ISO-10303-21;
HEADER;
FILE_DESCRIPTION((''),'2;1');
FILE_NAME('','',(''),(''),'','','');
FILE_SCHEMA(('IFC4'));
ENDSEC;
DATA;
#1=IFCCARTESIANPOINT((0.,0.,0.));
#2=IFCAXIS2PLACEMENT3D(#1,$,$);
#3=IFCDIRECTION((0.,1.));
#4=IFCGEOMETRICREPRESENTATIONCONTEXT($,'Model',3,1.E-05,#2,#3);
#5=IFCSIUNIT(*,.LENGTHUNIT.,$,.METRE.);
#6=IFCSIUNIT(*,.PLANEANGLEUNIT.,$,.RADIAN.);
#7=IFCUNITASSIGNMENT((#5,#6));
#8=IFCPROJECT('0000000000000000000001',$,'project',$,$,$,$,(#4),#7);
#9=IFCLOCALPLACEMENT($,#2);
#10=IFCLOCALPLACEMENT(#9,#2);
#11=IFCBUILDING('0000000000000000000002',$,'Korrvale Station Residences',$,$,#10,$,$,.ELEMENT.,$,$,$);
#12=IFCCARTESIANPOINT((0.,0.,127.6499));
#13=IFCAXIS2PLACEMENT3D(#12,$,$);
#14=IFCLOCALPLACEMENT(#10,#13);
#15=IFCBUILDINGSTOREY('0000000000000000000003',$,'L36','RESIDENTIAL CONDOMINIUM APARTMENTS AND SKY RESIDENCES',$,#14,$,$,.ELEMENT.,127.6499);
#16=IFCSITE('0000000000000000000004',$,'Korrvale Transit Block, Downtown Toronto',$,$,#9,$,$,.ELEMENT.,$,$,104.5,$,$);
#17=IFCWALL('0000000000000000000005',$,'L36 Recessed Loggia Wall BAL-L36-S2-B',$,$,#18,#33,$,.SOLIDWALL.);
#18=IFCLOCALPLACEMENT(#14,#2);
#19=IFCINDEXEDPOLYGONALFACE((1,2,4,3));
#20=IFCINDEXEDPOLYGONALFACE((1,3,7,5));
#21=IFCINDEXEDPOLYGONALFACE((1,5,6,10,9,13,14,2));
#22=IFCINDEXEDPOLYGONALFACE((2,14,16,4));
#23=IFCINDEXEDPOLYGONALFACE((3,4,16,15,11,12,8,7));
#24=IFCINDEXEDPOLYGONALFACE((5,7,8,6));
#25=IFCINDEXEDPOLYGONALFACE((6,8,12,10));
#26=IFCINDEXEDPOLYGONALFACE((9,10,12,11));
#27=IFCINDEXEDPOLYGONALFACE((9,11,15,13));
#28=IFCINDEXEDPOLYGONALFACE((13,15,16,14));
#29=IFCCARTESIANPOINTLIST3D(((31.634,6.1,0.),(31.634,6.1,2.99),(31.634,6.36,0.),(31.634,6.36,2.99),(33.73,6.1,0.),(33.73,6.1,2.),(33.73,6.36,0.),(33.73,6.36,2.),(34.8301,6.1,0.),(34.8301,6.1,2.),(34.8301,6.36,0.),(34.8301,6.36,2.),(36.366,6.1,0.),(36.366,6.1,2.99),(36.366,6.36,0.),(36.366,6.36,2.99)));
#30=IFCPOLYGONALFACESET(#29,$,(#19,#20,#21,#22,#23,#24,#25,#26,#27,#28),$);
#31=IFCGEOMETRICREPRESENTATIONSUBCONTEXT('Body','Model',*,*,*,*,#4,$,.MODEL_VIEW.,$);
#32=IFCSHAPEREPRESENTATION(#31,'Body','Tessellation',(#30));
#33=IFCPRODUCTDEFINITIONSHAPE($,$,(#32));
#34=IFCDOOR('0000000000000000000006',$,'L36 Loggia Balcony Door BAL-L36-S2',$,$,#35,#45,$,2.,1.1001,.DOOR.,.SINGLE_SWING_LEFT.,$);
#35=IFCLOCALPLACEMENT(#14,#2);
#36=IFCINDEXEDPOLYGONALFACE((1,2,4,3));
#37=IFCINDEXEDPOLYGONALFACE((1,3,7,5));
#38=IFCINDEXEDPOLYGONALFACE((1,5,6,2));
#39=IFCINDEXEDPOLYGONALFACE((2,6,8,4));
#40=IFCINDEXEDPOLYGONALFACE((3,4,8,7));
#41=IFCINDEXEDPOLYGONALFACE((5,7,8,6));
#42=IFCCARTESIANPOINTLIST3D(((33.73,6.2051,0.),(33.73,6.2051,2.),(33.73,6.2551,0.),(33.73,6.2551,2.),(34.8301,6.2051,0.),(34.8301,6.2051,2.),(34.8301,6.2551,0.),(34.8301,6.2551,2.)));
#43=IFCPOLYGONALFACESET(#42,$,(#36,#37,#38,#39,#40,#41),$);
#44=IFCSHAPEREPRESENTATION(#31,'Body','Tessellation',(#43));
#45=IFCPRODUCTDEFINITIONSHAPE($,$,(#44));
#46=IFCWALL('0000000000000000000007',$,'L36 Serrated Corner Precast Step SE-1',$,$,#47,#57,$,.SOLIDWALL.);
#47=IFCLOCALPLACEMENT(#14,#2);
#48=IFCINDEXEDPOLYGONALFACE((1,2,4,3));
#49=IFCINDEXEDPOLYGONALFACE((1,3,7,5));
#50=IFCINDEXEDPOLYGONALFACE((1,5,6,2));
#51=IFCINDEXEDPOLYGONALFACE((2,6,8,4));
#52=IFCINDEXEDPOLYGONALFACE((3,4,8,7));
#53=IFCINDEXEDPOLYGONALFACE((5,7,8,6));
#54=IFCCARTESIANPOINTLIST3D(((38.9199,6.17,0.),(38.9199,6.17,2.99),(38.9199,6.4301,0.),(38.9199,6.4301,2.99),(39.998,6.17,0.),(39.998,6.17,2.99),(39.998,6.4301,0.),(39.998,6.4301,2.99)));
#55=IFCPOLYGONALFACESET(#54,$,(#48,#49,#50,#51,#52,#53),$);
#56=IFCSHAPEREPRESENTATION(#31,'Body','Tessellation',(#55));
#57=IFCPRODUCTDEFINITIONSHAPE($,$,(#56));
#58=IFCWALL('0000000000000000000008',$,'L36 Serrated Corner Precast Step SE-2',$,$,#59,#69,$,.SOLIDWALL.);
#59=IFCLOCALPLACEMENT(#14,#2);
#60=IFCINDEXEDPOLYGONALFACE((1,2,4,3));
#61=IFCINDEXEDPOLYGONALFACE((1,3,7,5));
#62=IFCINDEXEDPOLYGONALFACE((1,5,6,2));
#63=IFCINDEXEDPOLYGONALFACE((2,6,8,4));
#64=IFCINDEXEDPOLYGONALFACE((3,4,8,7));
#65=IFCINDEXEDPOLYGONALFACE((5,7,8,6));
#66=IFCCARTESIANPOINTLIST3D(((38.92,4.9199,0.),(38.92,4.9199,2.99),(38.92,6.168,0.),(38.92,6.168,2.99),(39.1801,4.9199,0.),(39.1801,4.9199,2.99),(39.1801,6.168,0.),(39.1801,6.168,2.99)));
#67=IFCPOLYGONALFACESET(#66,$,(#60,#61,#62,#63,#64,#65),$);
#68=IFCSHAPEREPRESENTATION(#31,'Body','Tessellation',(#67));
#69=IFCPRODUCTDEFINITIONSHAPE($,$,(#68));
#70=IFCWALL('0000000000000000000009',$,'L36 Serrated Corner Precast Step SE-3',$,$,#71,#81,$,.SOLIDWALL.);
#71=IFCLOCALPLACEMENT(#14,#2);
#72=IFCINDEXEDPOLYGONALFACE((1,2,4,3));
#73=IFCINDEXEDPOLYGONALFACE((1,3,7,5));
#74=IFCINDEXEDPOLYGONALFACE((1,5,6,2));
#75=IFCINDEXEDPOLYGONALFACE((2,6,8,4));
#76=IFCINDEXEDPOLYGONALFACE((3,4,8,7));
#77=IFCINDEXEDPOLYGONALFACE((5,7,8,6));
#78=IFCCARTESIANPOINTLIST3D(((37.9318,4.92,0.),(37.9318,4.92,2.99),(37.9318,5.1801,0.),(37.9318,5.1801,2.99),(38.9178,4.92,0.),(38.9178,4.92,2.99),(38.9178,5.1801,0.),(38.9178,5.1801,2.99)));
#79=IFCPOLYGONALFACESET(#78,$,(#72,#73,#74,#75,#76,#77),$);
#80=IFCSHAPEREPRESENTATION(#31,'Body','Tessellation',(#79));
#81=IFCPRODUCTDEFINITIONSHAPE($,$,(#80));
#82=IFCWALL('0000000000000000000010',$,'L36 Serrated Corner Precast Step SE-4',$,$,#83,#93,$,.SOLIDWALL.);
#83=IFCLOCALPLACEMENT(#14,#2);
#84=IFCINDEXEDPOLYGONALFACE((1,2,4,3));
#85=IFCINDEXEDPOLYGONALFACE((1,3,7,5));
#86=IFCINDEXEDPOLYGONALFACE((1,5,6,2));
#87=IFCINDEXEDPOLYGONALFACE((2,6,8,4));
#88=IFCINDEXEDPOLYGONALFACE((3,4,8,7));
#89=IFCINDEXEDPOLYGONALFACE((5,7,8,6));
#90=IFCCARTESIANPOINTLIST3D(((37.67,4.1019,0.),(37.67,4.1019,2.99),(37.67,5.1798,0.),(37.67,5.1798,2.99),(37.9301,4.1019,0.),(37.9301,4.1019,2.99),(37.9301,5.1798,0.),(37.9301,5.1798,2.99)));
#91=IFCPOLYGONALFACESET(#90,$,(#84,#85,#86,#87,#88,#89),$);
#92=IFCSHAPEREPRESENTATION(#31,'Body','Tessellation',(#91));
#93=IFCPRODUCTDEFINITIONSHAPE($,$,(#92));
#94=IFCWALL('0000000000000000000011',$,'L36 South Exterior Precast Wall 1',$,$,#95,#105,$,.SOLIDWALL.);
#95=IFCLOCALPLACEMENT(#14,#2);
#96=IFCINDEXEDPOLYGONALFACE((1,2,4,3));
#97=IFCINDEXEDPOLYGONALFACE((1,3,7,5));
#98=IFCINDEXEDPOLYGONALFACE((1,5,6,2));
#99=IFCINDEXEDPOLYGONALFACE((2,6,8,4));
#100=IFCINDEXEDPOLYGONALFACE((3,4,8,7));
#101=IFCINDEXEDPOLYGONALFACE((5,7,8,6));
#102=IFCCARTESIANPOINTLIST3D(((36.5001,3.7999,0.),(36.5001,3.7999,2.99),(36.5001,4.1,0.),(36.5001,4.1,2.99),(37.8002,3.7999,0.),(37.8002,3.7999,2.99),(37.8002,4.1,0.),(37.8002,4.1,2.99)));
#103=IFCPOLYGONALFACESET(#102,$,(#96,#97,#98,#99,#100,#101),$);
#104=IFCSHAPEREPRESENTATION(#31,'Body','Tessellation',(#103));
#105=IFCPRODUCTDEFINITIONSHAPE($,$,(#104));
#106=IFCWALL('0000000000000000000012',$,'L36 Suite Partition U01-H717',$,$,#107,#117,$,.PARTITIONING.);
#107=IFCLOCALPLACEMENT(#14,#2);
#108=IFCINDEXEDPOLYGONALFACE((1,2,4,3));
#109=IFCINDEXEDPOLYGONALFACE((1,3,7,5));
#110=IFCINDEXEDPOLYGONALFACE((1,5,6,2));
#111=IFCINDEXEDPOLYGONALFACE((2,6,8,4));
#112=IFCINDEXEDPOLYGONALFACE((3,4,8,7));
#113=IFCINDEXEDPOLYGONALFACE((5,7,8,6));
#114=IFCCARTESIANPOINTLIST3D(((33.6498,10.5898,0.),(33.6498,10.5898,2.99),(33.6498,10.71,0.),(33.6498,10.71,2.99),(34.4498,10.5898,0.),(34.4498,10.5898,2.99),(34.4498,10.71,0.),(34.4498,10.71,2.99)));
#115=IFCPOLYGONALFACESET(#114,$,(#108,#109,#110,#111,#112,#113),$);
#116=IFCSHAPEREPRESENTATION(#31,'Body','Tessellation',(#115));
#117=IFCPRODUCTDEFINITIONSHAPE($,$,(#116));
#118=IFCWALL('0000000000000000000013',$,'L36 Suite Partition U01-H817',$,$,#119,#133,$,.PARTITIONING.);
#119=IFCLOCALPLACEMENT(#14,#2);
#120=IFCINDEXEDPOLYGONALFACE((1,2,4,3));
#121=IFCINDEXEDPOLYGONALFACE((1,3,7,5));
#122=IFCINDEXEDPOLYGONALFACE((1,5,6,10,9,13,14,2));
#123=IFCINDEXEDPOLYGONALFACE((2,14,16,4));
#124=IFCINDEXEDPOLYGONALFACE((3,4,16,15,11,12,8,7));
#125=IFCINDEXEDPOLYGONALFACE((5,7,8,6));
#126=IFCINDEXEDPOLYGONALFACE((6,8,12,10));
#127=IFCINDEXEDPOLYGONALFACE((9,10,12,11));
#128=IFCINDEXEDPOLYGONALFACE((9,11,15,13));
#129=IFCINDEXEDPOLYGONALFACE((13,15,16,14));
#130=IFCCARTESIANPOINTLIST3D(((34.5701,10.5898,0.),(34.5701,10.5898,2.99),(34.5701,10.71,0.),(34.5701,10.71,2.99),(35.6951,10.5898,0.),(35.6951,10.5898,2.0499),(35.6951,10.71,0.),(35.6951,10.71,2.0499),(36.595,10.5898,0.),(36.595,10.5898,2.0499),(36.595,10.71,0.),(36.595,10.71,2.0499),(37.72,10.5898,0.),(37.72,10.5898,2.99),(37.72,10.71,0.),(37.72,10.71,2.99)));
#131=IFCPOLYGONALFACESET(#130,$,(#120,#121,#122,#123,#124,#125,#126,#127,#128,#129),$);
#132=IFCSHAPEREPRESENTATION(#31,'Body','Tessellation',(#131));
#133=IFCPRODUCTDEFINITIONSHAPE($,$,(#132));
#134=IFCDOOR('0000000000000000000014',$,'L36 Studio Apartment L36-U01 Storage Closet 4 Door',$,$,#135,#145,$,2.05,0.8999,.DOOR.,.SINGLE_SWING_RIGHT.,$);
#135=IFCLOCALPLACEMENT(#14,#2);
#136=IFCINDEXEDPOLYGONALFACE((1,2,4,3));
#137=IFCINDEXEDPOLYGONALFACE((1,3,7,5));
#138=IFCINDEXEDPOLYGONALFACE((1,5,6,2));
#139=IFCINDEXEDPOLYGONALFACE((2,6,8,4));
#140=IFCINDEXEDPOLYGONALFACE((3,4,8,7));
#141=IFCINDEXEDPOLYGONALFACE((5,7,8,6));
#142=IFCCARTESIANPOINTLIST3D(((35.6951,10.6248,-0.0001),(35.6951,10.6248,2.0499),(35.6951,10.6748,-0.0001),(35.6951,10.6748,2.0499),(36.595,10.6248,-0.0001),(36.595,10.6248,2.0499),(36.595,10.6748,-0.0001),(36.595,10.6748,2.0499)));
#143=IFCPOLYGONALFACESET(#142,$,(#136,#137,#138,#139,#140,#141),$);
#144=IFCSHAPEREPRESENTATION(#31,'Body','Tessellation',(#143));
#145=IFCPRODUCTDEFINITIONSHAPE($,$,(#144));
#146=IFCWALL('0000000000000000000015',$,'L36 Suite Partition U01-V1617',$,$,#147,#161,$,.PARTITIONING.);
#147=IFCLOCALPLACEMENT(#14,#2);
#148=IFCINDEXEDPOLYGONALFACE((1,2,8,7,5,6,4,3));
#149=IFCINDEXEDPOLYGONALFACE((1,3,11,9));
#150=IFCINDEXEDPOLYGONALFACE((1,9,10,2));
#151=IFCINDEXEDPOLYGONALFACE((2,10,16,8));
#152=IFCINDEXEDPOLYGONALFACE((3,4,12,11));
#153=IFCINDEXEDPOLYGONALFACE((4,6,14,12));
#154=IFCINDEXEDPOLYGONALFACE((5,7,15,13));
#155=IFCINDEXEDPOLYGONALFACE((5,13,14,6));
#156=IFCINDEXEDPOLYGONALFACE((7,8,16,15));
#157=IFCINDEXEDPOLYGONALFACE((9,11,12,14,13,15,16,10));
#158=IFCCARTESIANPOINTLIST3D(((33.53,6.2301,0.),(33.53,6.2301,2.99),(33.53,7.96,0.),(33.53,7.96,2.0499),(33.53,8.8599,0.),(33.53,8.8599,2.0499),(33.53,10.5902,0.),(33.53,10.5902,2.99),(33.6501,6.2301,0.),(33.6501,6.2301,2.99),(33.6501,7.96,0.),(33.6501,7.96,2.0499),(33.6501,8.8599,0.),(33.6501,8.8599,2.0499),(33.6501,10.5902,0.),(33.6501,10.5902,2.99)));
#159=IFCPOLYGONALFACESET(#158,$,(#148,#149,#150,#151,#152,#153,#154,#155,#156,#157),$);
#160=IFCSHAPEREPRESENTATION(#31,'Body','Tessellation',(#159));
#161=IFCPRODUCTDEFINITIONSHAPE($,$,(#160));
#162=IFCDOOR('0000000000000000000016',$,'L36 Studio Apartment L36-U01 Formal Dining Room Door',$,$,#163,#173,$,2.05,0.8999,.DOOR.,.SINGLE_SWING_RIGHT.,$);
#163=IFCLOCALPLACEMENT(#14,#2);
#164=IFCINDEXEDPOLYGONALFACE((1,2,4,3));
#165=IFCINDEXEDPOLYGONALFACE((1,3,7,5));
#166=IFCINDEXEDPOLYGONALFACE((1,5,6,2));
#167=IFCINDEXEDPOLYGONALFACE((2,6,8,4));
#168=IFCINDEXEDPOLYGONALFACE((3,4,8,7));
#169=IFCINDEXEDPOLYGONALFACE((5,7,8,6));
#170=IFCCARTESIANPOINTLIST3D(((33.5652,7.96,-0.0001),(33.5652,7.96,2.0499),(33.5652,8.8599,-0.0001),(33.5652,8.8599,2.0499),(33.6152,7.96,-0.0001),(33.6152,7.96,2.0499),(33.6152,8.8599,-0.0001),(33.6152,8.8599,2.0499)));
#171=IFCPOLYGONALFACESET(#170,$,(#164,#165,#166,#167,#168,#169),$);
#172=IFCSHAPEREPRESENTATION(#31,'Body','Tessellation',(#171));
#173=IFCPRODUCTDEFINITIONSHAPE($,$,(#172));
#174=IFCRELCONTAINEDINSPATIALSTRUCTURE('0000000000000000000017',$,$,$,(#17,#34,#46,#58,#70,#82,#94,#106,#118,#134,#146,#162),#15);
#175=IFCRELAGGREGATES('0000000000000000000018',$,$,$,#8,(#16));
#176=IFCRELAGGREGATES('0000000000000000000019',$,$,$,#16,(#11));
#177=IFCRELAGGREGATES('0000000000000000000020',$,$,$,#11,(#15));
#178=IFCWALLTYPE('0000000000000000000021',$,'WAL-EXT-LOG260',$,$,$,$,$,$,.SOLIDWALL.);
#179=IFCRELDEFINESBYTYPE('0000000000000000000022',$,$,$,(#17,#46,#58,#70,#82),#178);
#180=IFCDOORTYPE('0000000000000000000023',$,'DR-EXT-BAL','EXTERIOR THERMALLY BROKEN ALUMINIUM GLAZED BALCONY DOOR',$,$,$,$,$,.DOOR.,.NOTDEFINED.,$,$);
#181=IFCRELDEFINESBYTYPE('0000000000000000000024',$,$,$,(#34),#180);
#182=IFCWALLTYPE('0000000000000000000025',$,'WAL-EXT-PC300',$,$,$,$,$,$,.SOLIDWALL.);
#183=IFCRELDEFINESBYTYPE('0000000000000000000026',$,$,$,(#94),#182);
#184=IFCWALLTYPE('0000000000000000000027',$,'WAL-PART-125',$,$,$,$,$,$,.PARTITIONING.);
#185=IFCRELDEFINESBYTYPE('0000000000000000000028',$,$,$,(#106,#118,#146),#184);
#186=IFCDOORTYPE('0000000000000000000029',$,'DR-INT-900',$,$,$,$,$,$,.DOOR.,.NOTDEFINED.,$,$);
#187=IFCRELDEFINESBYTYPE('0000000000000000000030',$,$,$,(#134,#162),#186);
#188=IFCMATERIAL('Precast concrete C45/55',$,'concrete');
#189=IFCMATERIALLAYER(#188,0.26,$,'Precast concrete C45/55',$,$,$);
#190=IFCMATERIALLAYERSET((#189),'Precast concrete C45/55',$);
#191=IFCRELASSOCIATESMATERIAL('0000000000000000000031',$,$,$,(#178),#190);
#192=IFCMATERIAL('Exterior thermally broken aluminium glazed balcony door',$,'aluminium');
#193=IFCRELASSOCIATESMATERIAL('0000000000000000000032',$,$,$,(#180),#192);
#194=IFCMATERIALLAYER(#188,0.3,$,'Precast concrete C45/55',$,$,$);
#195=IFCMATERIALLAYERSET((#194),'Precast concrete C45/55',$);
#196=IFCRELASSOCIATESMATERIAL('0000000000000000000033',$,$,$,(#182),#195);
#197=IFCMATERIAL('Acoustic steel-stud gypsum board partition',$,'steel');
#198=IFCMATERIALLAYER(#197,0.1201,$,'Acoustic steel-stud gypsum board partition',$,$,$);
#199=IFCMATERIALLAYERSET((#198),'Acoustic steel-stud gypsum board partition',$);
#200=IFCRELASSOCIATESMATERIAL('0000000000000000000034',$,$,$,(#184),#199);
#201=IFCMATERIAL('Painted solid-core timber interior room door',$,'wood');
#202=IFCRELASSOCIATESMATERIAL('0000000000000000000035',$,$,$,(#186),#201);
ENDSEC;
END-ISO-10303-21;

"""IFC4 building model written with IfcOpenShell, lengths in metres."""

from ifc_helpers import new_model, si_unit, direction, frame, frame_2d, origin, place, context, subcontext, project, spatial, rectangle, extrude, material, layer, layer_set, type_object, element, fill, save


model = new_model("IFC4")

# Units and contexts
model_context = context("Model", 3, precision=1e-05, world=origin(), true_north=direction((0.0, 1.0)))
body_context = subcontext(model_context, "Body", "Model", "MODEL_VIEW")
ifc_project = project(units=[si_unit("LENGTHUNIT", "METRE"), si_unit("PLANEANGLEUNIT", "RADIAN")], contexts=[model_context])

# Site, building, storey
site_placement = place(None, origin())
site = spatial("IfcSite", under=ifc_project, at=site_placement, Name="Korrvale Transit Block, Downtown Toronto", CompositionType="ELEMENT", RefElevation=104.5)
building_placement = place(site_placement, origin())
building = spatial("IfcBuilding", under=site, at=building_placement, Name="Korrvale Station Residences", CompositionType="ELEMENT")
storey_placement = place(building_placement, frame((0.0, 0.0, 127.6499)))
storey = spatial("IfcBuildingStorey", under=building, at=storey_placement, Name="L36", Description="RESIDENTIAL CONDOMINIUM APARTMENTS AND SKY RESIDENCES", CompositionType="ELEMENT", Elevation=127.6499)

# Shared definitions
ifc_material_1 = material(Name="Precast concrete C45/55", Category="concrete")
ifc_layer_1 = layer(ifc_material_1, 0.26, Name="Precast concrete C45/55")
ifc_layer_set_1 = layer_set([ifc_layer_1], Name="Precast concrete C45/55")
wall_type_1 = type_object("IfcWallType", Name="WAL-EXT-LOG260", PredefinedType="SOLIDWALL", material=ifc_layer_set_1)

# Wall, opening, door
wall_1_placement = place(storey_placement, frame((36.366, 6.23, 0.0), z_axis=(0.0, 0.0, 1.0), x_axis=(-1.0, 0.0, 0.0)))
wall_1 = element("IfcWall", 1, at=wall_1_placement, inside=storey, type_object=wall_type_1, Name="L36 Recessed Loggia Wall BAL-L36-S2-B", PredefinedType="SOLIDWALL", context=body_context, shape_type="SweptSolid", body=[
    extrude(rectangle(XDim=4.7319, YDim=0.26, at=frame_2d((2.366, 0.0))), origin(), (0.0, 0.0, 1.0), 2.99),
])
opening_1_placement = place(wall_1_placement, frame((1.5359, 0.0, 0.0)))
opening_1 = element("IfcOpeningElement", 2, at=opening_1_placement, cuts=wall_1, PredefinedType="OPENING", context=body_context, shape_type="SweptSolid", body=[
    extrude(rectangle(XDim=1.1001, YDim=2.0, at=frame_2d((0.55, 1.0))), frame((0.0, 0.1401, 0.0), z_axis=(0.0, -1.0, 0.0), x_axis=(1.0, 0.0, 0.0)), (0.0, 0.0, 1.0), 0.28),
])
ifc_material_2 = material(Name="Exterior thermally broken aluminium glazed balcony door", Category="aluminium")
door_type_1 = type_object("IfcDoorType", Name="DR-EXT-BAL", Description="EXTERIOR THERMALLY BROKEN ALUMINIUM GLAZED BALCONY DOOR", OperationType="NOTDEFINED", PredefinedType="DOOR", material=ifc_material_2)
door_1_placement = place(opening_1_placement, origin())
door_1 = element("IfcDoor", 3, at=door_1_placement, inside=storey, type_object=door_type_1, Name="L36 Loggia Balcony Door BAL-L36-S2", OperationType="SINGLE_SWING_LEFT", OverallHeight=2.0, OverallWidth=1.1001, PredefinedType="DOOR", context=body_context, shape_type="SweptSolid", body=[
    extrude(rectangle(XDim=1.1001, YDim=2.0, at=frame_2d((0.55, 1.0))), frame((0.0, 0.0249, 0.0), z_axis=(0.0, -1.0, 0.0), x_axis=(1.0, 0.0, 0.0)), (0.0, 0.0, 1.0), 0.05),
])
fill(opening_1, door_1)

# Walls
wall_2_placement = place(storey_placement, frame((39.998, 6.3, 0.0), z_axis=(0.0, 0.0, 1.0), x_axis=(-1.0, 0.0, 0.0)))
element("IfcWall", 4, at=wall_2_placement, inside=storey, type_object=wall_type_1, Name="L36 Serrated Corner Precast Step SE-1", PredefinedType="SOLIDWALL", context=body_context, shape_type="SweptSolid", body=[
    extrude(rectangle(XDim=1.0781, YDim=0.26, at=frame_2d((0.5391, 0.0))), origin(), (0.0, 0.0, 1.0), 2.99),
])
wall_3_placement = place(storey_placement, frame((39.05, 6.168, 0.0), z_axis=(0.0, 0.0, 1.0), x_axis=(0.0, -1.0, 0.0)))
element("IfcWall", 5, at=wall_3_placement, inside=storey, type_object=wall_type_1, Name="L36 Serrated Corner Precast Step SE-2", PredefinedType="SOLIDWALL", context=body_context, shape_type="SweptSolid", body=[
    extrude(rectangle(XDim=1.248, YDim=0.26, at=frame_2d((0.624, 0.0))), origin(), (0.0, 0.0, 1.0), 2.99),
])
wall_4_placement = place(storey_placement, frame((38.918, 5.05, 0.0), z_axis=(0.0, 0.0, 1.0), x_axis=(-1.0, 0.0, 0.0)))
element("IfcWall", 6, at=wall_4_placement, inside=storey, type_object=wall_type_1, Name="L36 Serrated Corner Precast Step SE-3", PredefinedType="SOLIDWALL", context=body_context, shape_type="SweptSolid", body=[
    extrude(rectangle(XDim=0.9861, YDim=0.26, at=frame_2d((0.4932, 0.0))), origin(), (0.0, 0.0, 1.0), 2.99),
])
wall_5_placement = place(storey_placement, frame((37.8, 5.1799, 0.0), z_axis=(0.0, 0.0, 1.0), x_axis=(0.0, -1.0, 0.0)))
element("IfcWall", 7, at=wall_5_placement, inside=storey, type_object=wall_type_1, Name="L36 Serrated Corner Precast Step SE-4", PredefinedType="SOLIDWALL", context=body_context, shape_type="SweptSolid", body=[
    extrude(rectangle(XDim=1.0779, YDim=0.26, at=frame_2d((0.5391, 0.0))), origin(), (0.0, 0.0, 1.0), 2.99),
])
ifc_layer_2 = layer(ifc_material_1, 0.3, Name="Precast concrete C45/55")
ifc_layer_set_2 = layer_set([ifc_layer_2], Name="Precast concrete C45/55")
wall_type_2 = type_object("IfcWallType", Name="WAL-EXT-PC300", PredefinedType="SOLIDWALL", material=ifc_layer_set_2)
wall_6_placement = place(storey_placement, frame((37.8, 3.95, 0.0), z_axis=(0.0, 0.0, 1.0), x_axis=(-1.0, 0.0, 0.0)))
element("IfcWall", 8, at=wall_6_placement, inside=storey, type_object=wall_type_2, Name="L36 South Exterior Precast Wall 1", PredefinedType="SOLIDWALL", context=body_context, shape_type="SweptSolid", body=[
    extrude(rectangle(XDim=1.3, YDim=0.3, at=frame_2d((0.6499, 0.0))), origin(), (0.0, 0.0, 1.0), 2.99),
])
ifc_material_3 = material(Name="Acoustic steel-stud gypsum board partition", Category="steel")
ifc_layer_3 = layer(ifc_material_3, 0.1201, Name="Acoustic steel-stud gypsum board partition")
ifc_layer_set_3 = layer_set([ifc_layer_3], Name="Acoustic steel-stud gypsum board partition")
wall_type_3 = type_object("IfcWallType", Name="WAL-PART-125", PredefinedType="PARTITIONING", material=ifc_layer_set_3)
wall_7_placement = place(storey_placement, frame((33.6499, 10.6499, 0.0), z_axis=(0.0, 0.0, 1.0), x_axis=(1.0, 0.0, 0.0)))
element("IfcWall", 9, at=wall_7_placement, inside=storey, type_object=wall_type_3, Name="L36 Suite Partition U01-H717", PredefinedType="PARTITIONING", context=body_context, shape_type="SweptSolid", body=[
    extrude(rectangle(XDim=0.8, YDim=0.1201, at=frame_2d((0.3999, 0.0))), origin(), (0.0, 0.0, 1.0), 2.99),
])

# Walls, openings, doors
wall_8_placement = place(storey_placement, frame((34.5701, 10.6499, 0.0), z_axis=(0.0, 0.0, 1.0), x_axis=(1.0, 0.0, 0.0)))
wall_8 = element("IfcWall", 10, at=wall_8_placement, inside=storey, type_object=wall_type_3, Name="L36 Suite Partition U01-H817", PredefinedType="PARTITIONING", context=body_context, shape_type="SweptSolid", body=[
    extrude(rectangle(XDim=3.1499, YDim=0.1201, at=frame_2d((1.575, 0.0))), origin(), (0.0, 0.0, 1.0), 2.99),
])
opening_2_placement = place(wall_8_placement, frame((1.125, 0.0, 0.0)))
opening_2 = element("IfcOpeningElement", 11, at=opening_2_placement, cuts=wall_8, PredefinedType="OPENING", context=body_context, shape_type="SweptSolid", body=[
    extrude(rectangle(XDim=0.8999, YDim=2.05, at=frame_2d((0.45, 1.0249))), frame((0.0, 0.0701, 0.0), z_axis=(0.0, -1.0, 0.0), x_axis=(1.0, 0.0, 0.0)), (0.0, 0.0, 1.0), 0.1401),
])
ifc_material_4 = material(Name="Painted solid-core timber interior room door", Category="wood")
door_type_2 = type_object("IfcDoorType", Name="DR-INT-900", OperationType="NOTDEFINED", PredefinedType="DOOR", material=ifc_material_4)
door_2_placement = place(opening_2_placement, origin())
door_2 = element("IfcDoor", 12, at=door_2_placement, inside=storey, type_object=door_type_2, Name="L36 Studio Apartment L36-U01 Storage Closet 4 Door", OperationType="SINGLE_SWING_RIGHT", OverallHeight=2.05, OverallWidth=0.8999, PredefinedType="DOOR", context=body_context, shape_type="SweptSolid", body=[
    extrude(rectangle(XDim=0.8999, YDim=2.05, at=frame_2d((0.45, 1.0249))), frame((0.0, 0.0249, 0.0), z_axis=(0.0, -1.0, 0.0), x_axis=(1.0, 0.0, 0.0)), (0.0, 0.0, 1.0), 0.05),
])
fill(opening_2, door_2)
wall_9_placement = place(storey_placement, frame((33.5901, 6.23, 0.0), z_axis=(0.0, 0.0, 1.0), x_axis=(0.0, 1.0, 0.0)))
wall_9 = element("IfcWall", 13, at=wall_9_placement, inside=storey, type_object=wall_type_3, Name="L36 Suite Partition U01-V1617", PredefinedType="PARTITIONING", context=body_context, shape_type="SweptSolid", body=[
    extrude(rectangle(XDim=4.3601, YDim=0.1201, at=frame_2d((2.1802, 0.0))), origin(), (0.0, 0.0, 1.0), 2.99),
])
opening_3_placement = place(wall_9_placement, frame((1.73, 0.0, 0.0)))
opening_3 = element("IfcOpeningElement", 14, at=opening_3_placement, cuts=wall_9, PredefinedType="OPENING", context=body_context, shape_type="SweptSolid", body=[
    extrude(rectangle(XDim=0.8999, YDim=2.05, at=frame_2d((0.45, 1.0249))), frame((0.0, 0.0701, 0.0), z_axis=(0.0, -1.0, 0.0), x_axis=(1.0, 0.0, 0.0)), (0.0, 0.0, 1.0), 0.1401),
])
door_3_placement = place(opening_3_placement, origin())
door_3 = element("IfcDoor", 15, at=door_3_placement, inside=storey, type_object=door_type_2, Name="L36 Studio Apartment L36-U01 Formal Dining Room Door", OperationType="SINGLE_SWING_RIGHT", OverallHeight=2.05, OverallWidth=0.8999, PredefinedType="DOOR", context=body_context, shape_type="SweptSolid", body=[
    extrude(rectangle(XDim=0.8999, YDim=2.05, at=frame_2d((0.45, 1.0249))), frame((0.0, 0.0249, 0.0), z_axis=(0.0, -1.0, 0.0), x_axis=(1.0, 0.0, 0.0)), (0.0, 0.0, 1.0), 0.05),
])
fill(opening_3, door_3)

save(model, "model.ifc")
